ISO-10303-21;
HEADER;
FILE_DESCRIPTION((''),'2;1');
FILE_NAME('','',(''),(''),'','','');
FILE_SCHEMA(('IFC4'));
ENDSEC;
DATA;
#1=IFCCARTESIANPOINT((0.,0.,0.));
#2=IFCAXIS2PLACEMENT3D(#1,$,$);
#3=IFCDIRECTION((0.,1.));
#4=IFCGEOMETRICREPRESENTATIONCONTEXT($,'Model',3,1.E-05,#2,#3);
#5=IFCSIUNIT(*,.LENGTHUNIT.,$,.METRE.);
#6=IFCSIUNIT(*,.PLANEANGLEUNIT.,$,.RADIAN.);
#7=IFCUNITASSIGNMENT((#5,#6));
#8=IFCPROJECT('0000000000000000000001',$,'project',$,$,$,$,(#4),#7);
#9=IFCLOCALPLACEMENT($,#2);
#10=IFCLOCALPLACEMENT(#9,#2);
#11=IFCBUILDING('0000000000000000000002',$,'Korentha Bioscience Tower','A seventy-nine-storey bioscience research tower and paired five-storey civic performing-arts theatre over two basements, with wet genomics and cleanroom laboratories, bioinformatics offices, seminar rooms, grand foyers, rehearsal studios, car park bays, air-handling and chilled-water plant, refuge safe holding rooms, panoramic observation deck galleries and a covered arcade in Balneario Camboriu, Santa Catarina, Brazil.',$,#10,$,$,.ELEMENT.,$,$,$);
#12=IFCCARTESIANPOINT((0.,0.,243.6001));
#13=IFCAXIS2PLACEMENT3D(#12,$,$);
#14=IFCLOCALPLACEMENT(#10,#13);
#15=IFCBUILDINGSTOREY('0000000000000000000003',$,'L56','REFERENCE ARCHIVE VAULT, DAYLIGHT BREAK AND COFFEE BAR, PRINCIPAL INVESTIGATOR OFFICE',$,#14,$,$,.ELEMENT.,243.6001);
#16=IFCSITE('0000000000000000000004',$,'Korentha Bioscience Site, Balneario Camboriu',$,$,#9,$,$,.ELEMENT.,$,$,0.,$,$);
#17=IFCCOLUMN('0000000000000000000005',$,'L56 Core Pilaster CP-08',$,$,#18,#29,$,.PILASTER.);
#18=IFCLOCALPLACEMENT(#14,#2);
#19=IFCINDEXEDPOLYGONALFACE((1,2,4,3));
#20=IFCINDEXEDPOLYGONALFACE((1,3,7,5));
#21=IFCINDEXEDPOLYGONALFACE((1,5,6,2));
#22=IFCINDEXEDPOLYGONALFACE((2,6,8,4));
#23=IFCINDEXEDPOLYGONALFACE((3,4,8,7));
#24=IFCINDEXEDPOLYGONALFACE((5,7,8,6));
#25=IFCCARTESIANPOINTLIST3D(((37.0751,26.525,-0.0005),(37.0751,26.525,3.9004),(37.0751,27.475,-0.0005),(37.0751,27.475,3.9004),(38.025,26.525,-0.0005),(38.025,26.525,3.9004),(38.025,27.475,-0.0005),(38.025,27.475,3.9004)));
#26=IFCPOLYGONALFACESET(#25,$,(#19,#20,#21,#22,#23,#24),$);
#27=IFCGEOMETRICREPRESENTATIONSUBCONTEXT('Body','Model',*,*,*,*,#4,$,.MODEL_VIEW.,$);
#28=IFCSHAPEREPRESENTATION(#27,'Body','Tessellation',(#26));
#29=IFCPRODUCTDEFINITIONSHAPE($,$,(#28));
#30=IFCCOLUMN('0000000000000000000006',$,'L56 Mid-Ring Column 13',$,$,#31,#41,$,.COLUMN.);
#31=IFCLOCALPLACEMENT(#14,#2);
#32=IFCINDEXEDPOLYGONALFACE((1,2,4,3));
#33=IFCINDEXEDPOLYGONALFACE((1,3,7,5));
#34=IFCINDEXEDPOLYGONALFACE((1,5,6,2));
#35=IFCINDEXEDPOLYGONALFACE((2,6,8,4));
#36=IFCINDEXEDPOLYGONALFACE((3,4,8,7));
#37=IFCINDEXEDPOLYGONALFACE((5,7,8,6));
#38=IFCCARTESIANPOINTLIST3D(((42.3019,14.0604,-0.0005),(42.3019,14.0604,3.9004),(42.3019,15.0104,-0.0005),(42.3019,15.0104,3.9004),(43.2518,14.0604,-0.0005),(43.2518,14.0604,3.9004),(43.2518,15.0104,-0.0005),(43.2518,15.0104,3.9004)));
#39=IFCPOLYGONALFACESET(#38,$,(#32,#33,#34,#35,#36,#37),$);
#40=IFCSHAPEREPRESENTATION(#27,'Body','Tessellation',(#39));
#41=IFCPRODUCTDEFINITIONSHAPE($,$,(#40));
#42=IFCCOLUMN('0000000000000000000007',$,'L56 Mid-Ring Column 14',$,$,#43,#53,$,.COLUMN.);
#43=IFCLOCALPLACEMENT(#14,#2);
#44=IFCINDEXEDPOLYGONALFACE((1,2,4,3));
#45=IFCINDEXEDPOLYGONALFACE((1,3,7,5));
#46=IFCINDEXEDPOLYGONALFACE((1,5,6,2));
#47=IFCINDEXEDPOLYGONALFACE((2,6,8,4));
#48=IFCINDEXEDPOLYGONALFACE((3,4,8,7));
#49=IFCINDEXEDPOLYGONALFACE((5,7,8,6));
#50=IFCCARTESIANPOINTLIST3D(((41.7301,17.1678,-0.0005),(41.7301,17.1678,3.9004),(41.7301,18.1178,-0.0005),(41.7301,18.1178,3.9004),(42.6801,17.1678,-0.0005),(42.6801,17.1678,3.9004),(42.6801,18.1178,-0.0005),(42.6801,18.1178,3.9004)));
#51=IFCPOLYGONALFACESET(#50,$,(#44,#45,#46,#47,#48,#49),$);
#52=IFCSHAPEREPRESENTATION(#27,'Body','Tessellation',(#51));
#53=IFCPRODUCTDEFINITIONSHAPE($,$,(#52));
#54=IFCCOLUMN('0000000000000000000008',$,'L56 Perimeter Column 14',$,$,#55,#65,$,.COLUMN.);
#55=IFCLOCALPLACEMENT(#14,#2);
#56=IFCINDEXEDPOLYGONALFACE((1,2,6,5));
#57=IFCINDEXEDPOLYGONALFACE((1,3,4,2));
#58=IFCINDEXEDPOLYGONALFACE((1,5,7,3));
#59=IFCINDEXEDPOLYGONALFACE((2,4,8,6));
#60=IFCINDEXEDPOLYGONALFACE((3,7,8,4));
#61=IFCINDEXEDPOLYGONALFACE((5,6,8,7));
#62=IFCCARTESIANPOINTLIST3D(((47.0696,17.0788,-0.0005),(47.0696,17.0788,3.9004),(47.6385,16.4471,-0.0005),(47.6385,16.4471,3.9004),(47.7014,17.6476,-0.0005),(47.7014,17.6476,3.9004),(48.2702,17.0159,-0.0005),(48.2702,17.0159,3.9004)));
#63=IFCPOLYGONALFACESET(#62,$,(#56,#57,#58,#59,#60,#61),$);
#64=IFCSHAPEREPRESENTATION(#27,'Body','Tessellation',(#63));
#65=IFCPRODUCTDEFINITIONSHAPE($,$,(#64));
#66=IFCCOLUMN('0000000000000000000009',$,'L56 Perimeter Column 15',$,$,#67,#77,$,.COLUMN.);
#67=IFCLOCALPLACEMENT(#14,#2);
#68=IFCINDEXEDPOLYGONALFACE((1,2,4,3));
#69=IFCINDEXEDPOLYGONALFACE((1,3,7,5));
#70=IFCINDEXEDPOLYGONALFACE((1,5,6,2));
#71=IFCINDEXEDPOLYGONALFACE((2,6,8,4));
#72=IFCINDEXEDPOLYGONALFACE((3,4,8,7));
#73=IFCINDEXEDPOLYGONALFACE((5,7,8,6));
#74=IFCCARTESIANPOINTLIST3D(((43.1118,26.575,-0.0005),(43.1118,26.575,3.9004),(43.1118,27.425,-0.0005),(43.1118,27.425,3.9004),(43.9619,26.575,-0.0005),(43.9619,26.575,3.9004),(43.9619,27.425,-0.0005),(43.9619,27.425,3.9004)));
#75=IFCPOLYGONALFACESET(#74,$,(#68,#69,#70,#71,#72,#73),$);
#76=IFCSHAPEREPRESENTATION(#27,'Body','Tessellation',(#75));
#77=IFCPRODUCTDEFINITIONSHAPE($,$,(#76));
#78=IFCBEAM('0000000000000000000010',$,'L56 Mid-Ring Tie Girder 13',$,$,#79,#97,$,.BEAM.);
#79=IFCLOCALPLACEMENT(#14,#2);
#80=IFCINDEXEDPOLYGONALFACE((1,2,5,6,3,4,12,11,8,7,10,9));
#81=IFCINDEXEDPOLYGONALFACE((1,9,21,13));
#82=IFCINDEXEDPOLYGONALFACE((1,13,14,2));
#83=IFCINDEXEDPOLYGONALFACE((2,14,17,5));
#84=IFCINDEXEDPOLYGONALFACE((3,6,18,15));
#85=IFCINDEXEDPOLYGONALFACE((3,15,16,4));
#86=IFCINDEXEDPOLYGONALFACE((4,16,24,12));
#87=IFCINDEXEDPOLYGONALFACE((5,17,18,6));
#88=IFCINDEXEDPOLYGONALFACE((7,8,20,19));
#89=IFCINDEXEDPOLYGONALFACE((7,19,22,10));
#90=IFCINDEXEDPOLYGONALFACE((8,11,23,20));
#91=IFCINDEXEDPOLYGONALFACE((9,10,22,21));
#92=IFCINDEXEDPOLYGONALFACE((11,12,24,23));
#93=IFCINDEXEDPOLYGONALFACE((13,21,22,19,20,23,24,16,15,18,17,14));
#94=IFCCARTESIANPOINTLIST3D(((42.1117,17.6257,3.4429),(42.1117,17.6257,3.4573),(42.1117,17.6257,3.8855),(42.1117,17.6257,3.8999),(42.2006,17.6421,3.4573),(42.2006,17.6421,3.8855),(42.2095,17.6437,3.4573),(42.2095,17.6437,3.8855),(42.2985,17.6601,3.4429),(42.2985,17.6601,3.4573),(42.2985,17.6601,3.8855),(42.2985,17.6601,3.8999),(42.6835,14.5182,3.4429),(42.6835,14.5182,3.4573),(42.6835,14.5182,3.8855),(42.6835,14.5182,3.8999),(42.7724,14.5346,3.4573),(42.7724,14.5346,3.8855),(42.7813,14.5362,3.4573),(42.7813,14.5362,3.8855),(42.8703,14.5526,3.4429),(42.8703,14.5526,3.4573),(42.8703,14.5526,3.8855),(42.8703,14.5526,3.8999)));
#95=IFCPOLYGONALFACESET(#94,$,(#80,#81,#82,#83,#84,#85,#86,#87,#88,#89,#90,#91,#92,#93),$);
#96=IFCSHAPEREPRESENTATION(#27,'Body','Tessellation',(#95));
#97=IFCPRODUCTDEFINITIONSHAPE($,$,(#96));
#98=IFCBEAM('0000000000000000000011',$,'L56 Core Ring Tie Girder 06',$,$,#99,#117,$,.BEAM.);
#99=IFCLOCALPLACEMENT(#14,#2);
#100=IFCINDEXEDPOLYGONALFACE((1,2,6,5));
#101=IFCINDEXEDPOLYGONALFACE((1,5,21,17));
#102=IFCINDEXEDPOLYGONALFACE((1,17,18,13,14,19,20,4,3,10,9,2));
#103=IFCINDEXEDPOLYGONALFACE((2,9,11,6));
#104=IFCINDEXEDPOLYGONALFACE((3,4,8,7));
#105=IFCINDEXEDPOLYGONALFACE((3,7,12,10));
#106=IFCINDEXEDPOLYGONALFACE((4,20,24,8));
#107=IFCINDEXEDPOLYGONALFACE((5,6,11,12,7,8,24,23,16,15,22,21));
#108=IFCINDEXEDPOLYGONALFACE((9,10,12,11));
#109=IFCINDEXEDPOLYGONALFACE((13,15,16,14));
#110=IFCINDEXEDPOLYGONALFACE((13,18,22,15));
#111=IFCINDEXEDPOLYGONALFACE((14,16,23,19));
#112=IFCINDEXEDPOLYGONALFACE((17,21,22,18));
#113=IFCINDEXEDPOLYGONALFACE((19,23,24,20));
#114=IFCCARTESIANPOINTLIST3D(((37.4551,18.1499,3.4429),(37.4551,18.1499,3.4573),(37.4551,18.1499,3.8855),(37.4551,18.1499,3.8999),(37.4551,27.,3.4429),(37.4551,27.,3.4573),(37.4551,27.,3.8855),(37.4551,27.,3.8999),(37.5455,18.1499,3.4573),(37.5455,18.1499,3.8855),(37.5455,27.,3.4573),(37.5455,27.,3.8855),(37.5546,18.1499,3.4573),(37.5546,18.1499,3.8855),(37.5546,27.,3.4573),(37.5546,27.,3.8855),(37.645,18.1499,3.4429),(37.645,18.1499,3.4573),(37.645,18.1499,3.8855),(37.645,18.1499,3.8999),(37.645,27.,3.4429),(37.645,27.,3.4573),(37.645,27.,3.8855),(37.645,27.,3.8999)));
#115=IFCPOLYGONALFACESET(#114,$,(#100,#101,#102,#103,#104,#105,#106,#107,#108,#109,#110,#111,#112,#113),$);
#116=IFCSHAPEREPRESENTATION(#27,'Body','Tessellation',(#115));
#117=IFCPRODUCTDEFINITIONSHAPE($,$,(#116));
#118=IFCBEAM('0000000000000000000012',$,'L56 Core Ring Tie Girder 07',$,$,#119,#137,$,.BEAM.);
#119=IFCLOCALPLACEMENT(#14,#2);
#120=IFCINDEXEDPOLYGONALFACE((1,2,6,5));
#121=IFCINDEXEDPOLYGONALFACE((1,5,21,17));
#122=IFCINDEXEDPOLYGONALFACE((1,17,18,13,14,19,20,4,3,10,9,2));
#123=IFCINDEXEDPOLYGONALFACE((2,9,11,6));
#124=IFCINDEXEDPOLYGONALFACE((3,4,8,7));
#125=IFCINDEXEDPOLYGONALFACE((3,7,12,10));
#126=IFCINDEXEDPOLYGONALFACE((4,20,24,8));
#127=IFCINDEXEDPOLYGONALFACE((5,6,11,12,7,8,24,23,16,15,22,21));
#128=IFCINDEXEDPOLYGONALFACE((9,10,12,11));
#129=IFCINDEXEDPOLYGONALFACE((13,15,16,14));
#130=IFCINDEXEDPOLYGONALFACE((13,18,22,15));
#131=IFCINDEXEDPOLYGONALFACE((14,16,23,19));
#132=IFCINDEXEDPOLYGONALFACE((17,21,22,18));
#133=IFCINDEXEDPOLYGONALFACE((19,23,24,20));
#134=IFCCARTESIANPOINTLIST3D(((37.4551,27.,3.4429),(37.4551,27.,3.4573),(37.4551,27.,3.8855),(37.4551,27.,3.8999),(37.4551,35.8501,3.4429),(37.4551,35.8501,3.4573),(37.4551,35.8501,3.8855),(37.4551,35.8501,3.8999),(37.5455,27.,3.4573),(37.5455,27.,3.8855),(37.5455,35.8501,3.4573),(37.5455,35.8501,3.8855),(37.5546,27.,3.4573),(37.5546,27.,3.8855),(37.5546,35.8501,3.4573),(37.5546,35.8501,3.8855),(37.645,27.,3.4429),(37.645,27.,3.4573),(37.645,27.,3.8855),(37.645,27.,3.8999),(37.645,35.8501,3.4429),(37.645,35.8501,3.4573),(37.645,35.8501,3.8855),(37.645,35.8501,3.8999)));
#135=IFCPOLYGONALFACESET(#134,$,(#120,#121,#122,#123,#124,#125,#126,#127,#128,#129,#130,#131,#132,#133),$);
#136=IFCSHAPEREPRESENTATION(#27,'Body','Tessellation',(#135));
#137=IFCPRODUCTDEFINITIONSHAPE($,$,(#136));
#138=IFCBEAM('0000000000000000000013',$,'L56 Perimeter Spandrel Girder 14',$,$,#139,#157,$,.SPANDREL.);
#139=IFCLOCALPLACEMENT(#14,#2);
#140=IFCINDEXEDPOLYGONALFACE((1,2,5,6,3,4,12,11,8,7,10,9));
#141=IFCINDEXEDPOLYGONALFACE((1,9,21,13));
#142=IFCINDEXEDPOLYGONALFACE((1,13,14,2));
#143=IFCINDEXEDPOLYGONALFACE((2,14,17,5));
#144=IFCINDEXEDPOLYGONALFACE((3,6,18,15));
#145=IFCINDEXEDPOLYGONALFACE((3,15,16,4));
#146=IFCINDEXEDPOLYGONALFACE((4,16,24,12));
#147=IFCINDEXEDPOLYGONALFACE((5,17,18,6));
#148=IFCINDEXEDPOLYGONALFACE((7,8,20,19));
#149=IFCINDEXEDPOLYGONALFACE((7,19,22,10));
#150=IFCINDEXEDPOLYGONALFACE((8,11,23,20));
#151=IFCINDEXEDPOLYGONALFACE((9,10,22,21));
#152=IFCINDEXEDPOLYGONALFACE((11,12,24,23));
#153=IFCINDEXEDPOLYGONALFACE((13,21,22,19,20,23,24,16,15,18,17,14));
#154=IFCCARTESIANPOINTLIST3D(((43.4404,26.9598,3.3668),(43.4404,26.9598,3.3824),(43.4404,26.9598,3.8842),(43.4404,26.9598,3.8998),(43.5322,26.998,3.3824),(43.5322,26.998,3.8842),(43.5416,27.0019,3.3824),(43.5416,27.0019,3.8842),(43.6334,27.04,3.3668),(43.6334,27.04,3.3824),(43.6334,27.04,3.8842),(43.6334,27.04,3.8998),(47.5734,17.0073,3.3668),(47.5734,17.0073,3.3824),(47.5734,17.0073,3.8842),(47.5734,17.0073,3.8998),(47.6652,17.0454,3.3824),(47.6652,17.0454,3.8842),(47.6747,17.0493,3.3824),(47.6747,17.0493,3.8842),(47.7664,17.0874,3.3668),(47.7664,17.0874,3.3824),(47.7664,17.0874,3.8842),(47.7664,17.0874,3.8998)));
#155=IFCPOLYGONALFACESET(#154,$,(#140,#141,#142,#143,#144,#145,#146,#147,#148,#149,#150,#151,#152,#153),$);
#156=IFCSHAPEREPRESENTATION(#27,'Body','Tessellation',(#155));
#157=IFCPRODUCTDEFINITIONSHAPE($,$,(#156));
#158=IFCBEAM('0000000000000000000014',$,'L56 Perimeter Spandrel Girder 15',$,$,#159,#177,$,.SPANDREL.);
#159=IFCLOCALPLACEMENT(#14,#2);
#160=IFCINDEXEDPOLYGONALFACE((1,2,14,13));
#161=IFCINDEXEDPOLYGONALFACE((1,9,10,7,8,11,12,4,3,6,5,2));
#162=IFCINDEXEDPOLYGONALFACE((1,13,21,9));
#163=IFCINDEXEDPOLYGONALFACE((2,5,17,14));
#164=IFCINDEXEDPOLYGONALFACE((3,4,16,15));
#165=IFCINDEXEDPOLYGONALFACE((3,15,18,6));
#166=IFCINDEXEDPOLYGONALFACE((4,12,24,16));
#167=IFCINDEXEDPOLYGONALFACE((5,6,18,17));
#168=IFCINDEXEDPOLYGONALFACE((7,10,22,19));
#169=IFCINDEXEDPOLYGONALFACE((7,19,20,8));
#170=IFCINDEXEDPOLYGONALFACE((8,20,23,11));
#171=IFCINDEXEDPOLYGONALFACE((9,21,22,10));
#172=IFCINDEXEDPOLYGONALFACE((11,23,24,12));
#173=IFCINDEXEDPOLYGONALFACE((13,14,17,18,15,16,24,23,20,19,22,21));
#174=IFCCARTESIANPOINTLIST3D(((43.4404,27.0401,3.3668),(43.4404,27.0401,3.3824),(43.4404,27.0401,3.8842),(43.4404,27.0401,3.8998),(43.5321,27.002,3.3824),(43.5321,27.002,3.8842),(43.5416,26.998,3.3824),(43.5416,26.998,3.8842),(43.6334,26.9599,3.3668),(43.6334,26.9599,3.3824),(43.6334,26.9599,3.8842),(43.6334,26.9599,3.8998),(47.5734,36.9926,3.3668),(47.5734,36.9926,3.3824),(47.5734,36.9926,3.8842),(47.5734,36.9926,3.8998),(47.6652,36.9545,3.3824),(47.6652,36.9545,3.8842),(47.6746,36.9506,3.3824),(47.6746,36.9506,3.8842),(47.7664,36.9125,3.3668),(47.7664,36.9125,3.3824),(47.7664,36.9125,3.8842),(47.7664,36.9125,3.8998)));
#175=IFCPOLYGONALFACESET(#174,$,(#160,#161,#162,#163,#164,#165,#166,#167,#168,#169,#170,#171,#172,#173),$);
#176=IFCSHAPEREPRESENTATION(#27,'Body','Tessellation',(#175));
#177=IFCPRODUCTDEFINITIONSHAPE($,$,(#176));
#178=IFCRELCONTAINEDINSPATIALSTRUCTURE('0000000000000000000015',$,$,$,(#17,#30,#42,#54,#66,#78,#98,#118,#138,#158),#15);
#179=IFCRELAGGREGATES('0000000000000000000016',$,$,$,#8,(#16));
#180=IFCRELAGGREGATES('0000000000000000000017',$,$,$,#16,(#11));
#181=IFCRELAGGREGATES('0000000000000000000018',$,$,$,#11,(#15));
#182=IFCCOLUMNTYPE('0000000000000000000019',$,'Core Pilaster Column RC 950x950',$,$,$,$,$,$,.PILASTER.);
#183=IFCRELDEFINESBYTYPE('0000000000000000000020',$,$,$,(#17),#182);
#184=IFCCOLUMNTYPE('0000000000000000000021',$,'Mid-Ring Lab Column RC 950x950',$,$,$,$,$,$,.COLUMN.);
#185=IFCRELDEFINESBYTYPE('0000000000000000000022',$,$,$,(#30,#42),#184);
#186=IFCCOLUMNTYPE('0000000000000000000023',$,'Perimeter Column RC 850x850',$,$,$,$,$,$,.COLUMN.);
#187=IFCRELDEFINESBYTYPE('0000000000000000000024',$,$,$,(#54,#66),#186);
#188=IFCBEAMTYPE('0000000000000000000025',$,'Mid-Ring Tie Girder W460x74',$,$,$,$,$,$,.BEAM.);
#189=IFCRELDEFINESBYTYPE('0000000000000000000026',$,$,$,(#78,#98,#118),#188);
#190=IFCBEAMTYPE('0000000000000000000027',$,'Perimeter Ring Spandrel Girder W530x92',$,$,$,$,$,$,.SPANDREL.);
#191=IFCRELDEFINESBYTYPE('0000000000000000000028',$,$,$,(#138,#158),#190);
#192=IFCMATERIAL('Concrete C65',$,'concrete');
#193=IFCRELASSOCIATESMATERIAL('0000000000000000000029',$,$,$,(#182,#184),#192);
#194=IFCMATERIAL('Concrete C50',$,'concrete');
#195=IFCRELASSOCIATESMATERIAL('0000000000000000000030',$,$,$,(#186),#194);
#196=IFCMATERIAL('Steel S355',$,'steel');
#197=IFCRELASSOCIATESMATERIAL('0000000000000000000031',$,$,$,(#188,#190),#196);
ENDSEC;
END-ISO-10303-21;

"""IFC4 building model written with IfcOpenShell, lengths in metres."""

from ifc_helpers import new_model, si_unit, direction, frame, origin, origin_2d, place, context, subcontext, project, spatial, rectangle, i_section, extrude, material, material_profile, profile_set, type_object, element, save


model = new_model("IFC4")

# Units and contexts
model_context = context("Model", 3, precision=1e-05, world=origin(), true_north=direction((0.0, 1.0)))
body_context = subcontext(model_context, "Body", "Model", "MODEL_VIEW")
ifc_project = project(units=[si_unit("LENGTHUNIT", "METRE"), si_unit("PLANEANGLEUNIT", "RADIAN")], contexts=[model_context])

# Site, building, storey
site_placement = place(None, origin())
site = spatial("IfcSite", under=ifc_project, at=site_placement, Name="Korentha Bioscience Site, Balneario Camboriu", CompositionType="ELEMENT", RefElevation=0.0)
building_placement = place(site_placement, origin())
building = spatial("IfcBuilding", under=site, at=building_placement, Name="Korentha Bioscience Tower", Description="A seventy-nine-storey bioscience research tower and paired five-storey civic performing-arts theatre over two basements, with wet genomics and cleanroom laboratories, bioinformatics offices, seminar rooms, grand foyers, rehearsal studios, car park bays, air-handling and chilled-water plant, refuge safe holding rooms, panoramic observation deck galleries and a covered arcade in Balneario Camboriu, Santa Catarina, Brazil.", CompositionType="ELEMENT")
storey_placement = place(building_placement, frame((0.0, 0.0, 243.6001)))
storey = spatial("IfcBuildingStorey", under=building, at=storey_placement, Name="L56", Description="REFERENCE ARCHIVE VAULT, DAYLIGHT BREAK AND COFFEE BAR, PRINCIPAL INVESTIGATOR OFFICE", CompositionType="ELEMENT", Elevation=243.6001)

# Columns
ifc_material_1 = material(Name="Concrete C65", Category="concrete")
ifc_material_profile_1 = material_profile(ifc_material_1, rectangle(XDim=0.95, YDim=0.95, at=origin_2d()), Name="Concrete C65")
ifc_profile_set_1 = profile_set([ifc_material_profile_1], Name="Concrete C65 (COL-CP09)")
column_type_1 = type_object("IfcColumnType", Name="Core Pilaster Column RC 950x950", PredefinedType="PILASTER", material=ifc_profile_set_1)
column_placement = place(storey_placement, frame((37.55, 27.0, -0.0005), z_axis=(0.0, 0.0, 1.0), x_axis=(1.0, 0.0, 0.0)))
element("IfcColumn", 1, at=column_placement, inside=storey, type_object=column_type_1, Name="L56 Core Pilaster CP-08", PredefinedType="PILASTER", context=body_context, shape_type="SweptSolid", body=[
    extrude(rectangle(XDim=0.95, YDim=0.95, at=origin_2d()), origin(), (0.0, 0.0, 1.0), 3.9009),
])
ifc_material_profile_2 = material_profile(ifc_material_1, rectangle(XDim=0.95, YDim=0.95, at=origin_2d()), Name="Concrete C65")
ifc_profile_set_2 = profile_set([ifc_material_profile_2], Name="Concrete C65 (COL-MR09)")
column_type_2 = type_object("IfcColumnType", Name="Mid-Ring Lab Column RC 950x950", PredefinedType="COLUMN", material=ifc_profile_set_2)
for number, where, z_axis, x_axis, name in (
    (2, (42.7769, 14.5354, -0.0005), (0.0, 0.0, 1.0), (1.0, 0.0, 0.0), "L56 Mid-Ring Column 13"),
    (3, (42.2051, 17.6428, -0.0005), (0.0, 0.0, 1.0), (1.0, 0.0, 0.0), "L56 Mid-Ring Column 14"),
):
    element("IfcColumn", number, at=place(storey_placement, frame(where, z_axis=z_axis, x_axis=x_axis)), inside=storey, type_object=column_type_2, Name=name, PredefinedType="COLUMN", context=body_context, shape_type="SweptSolid", body=[
        extrude(rectangle(XDim=0.95, YDim=0.95, at=origin_2d()), origin(), (0.0, 0.0, 1.0), 3.9009),
    ])
ifc_material_2 = material(Name="Concrete C50", Category="concrete")
ifc_material_profile_3 = material_profile(ifc_material_2, rectangle(XDim=0.8501, YDim=0.8501, at=origin_2d()), Name="Concrete C50")
ifc_profile_set_3 = profile_set([ifc_material_profile_3], Name="Concrete C50 (COL-P08)")
column_type_3 = type_object("IfcColumnType", Name="Perimeter Column RC 850x850", PredefinedType="COLUMN", material=ifc_profile_set_3)
for number, where, z_axis, x_axis, name in (
    (4, (47.6699, 17.0474, -0.0005), (0.0, 0.0, 1.0), (-0.669131, 0.743145, 0.0), "L56 Perimeter Column 14"),
    (5, (43.5369, 27.0, -0.0005), (0.0, 0.0, 1.0), (0.0, 1.0, 0.0), "L56 Perimeter Column 15"),
):
    element("IfcColumn", number, at=place(storey_placement, frame(where, z_axis=z_axis, x_axis=x_axis)), inside=storey, type_object=column_type_3, Name=name, PredefinedType="COLUMN", context=body_context, shape_type="SweptSolid", body=[
        extrude(rectangle(XDim=0.8501, YDim=0.8501, at=origin_2d()), origin(), (0.0, 0.0, 1.0), 3.9009),
    ])

# Beams
ifc_material_3 = material(Name="Steel S355", Category="steel")
ifc_material_profile_4 = material_profile(ifc_material_3, i_section(OverallWidth=0.1899, OverallDepth=0.457, WebThickness=0.009, FlangeThickness=0.0144, at=origin_2d()), Name="Steel S355")
ifc_profile_set_4 = profile_set([ifc_material_profile_4], Name="Steel S355 (MB-460)")
beam_type_1 = type_object("IfcBeamType", Name="Mid-Ring Tie Girder W460x74", PredefinedType="BEAM", material=ifc_profile_set_4)
beam_1_placement = place(storey_placement, frame((42.7769, 14.5354, 3.6714), z_axis=(-0.180966, 0.983489, 0.0), x_axis=(-0.983489, -0.180966, 0.0)))
element("IfcBeam", 6, at=beam_1_placement, inside=storey, type_object=beam_type_1, Name="L56 Mid-Ring Tie Girder 13", PredefinedType="BEAM", context=body_context, shape_type="SweptSolid", body=[
    extrude(i_section(OverallWidth=0.1899, OverallDepth=0.457, WebThickness=0.009, FlangeThickness=0.0144, at=origin_2d()), origin(), (0.0, 0.0, 1.0), 3.1597),
])
for number, where, z_axis, x_axis, name in (
    (7, (37.55, 18.1499, 3.6714), (0.0, 1.0, 0.0), (-1.0, 0.0, 0.0), "L56 Core Ring Tie Girder 06"),
    (8, (37.55, 27.0, 3.6714), (0.0, 1.0, 0.0), (-1.0, 0.0, 0.0), "L56 Core Ring Tie Girder 07"),
):
    element("IfcBeam", number, at=place(storey_placement, frame(where, z_axis=z_axis, x_axis=x_axis)), inside=storey, type_object=beam_type_1, Name=name, PredefinedType="BEAM", context=body_context, shape_type="SweptSolid", body=[
        extrude(i_section(OverallWidth=0.1899, OverallDepth=0.457, WebThickness=0.009, FlangeThickness=0.0144, at=origin_2d()), origin(), (0.0, 0.0, 1.0), 8.8501),
    ])
ifc_material_profile_5 = material_profile(ifc_material_3, i_section(OverallWidth=0.209, OverallDepth=0.533, WebThickness=0.0103, FlangeThickness=0.0156, at=origin_2d()), Name="Steel S355")
ifc_profile_set_5 = profile_set([ifc_material_profile_5], Name="Steel S355 (SB-530)")
beam_type_2 = type_object("IfcBeamType", Name="Perimeter Ring Spandrel Girder W530x92", PredefinedType="SPANDREL", material=ifc_profile_set_5)
for number, where, z_axis, x_axis, name in (
    (9, (47.6699, 17.0474, 3.6333), (-0.383518, 0.923533, 0.0), (-0.923533, -0.383518, 0.0), "L56 Perimeter Spandrel Girder 14"),
    (10, (43.5369, 27.0, 3.6333), (0.383518, 0.923533, 0.0), (-0.923533, 0.383518, 0.0), "L56 Perimeter Spandrel Girder 15"),
):
    element("IfcBeam", number, at=place(storey_placement, frame(where, z_axis=z_axis, x_axis=x_axis)), inside=storey, type_object=beam_type_2, Name=name, PredefinedType="SPANDREL", context=body_context, shape_type="SweptSolid", body=[
        extrude(i_section(OverallWidth=0.209, OverallDepth=0.533, WebThickness=0.0103, FlangeThickness=0.0156, at=origin_2d()), origin(), (0.0, 0.0, 1.0), 10.7766),
    ])

save(model, "model.ifc")
